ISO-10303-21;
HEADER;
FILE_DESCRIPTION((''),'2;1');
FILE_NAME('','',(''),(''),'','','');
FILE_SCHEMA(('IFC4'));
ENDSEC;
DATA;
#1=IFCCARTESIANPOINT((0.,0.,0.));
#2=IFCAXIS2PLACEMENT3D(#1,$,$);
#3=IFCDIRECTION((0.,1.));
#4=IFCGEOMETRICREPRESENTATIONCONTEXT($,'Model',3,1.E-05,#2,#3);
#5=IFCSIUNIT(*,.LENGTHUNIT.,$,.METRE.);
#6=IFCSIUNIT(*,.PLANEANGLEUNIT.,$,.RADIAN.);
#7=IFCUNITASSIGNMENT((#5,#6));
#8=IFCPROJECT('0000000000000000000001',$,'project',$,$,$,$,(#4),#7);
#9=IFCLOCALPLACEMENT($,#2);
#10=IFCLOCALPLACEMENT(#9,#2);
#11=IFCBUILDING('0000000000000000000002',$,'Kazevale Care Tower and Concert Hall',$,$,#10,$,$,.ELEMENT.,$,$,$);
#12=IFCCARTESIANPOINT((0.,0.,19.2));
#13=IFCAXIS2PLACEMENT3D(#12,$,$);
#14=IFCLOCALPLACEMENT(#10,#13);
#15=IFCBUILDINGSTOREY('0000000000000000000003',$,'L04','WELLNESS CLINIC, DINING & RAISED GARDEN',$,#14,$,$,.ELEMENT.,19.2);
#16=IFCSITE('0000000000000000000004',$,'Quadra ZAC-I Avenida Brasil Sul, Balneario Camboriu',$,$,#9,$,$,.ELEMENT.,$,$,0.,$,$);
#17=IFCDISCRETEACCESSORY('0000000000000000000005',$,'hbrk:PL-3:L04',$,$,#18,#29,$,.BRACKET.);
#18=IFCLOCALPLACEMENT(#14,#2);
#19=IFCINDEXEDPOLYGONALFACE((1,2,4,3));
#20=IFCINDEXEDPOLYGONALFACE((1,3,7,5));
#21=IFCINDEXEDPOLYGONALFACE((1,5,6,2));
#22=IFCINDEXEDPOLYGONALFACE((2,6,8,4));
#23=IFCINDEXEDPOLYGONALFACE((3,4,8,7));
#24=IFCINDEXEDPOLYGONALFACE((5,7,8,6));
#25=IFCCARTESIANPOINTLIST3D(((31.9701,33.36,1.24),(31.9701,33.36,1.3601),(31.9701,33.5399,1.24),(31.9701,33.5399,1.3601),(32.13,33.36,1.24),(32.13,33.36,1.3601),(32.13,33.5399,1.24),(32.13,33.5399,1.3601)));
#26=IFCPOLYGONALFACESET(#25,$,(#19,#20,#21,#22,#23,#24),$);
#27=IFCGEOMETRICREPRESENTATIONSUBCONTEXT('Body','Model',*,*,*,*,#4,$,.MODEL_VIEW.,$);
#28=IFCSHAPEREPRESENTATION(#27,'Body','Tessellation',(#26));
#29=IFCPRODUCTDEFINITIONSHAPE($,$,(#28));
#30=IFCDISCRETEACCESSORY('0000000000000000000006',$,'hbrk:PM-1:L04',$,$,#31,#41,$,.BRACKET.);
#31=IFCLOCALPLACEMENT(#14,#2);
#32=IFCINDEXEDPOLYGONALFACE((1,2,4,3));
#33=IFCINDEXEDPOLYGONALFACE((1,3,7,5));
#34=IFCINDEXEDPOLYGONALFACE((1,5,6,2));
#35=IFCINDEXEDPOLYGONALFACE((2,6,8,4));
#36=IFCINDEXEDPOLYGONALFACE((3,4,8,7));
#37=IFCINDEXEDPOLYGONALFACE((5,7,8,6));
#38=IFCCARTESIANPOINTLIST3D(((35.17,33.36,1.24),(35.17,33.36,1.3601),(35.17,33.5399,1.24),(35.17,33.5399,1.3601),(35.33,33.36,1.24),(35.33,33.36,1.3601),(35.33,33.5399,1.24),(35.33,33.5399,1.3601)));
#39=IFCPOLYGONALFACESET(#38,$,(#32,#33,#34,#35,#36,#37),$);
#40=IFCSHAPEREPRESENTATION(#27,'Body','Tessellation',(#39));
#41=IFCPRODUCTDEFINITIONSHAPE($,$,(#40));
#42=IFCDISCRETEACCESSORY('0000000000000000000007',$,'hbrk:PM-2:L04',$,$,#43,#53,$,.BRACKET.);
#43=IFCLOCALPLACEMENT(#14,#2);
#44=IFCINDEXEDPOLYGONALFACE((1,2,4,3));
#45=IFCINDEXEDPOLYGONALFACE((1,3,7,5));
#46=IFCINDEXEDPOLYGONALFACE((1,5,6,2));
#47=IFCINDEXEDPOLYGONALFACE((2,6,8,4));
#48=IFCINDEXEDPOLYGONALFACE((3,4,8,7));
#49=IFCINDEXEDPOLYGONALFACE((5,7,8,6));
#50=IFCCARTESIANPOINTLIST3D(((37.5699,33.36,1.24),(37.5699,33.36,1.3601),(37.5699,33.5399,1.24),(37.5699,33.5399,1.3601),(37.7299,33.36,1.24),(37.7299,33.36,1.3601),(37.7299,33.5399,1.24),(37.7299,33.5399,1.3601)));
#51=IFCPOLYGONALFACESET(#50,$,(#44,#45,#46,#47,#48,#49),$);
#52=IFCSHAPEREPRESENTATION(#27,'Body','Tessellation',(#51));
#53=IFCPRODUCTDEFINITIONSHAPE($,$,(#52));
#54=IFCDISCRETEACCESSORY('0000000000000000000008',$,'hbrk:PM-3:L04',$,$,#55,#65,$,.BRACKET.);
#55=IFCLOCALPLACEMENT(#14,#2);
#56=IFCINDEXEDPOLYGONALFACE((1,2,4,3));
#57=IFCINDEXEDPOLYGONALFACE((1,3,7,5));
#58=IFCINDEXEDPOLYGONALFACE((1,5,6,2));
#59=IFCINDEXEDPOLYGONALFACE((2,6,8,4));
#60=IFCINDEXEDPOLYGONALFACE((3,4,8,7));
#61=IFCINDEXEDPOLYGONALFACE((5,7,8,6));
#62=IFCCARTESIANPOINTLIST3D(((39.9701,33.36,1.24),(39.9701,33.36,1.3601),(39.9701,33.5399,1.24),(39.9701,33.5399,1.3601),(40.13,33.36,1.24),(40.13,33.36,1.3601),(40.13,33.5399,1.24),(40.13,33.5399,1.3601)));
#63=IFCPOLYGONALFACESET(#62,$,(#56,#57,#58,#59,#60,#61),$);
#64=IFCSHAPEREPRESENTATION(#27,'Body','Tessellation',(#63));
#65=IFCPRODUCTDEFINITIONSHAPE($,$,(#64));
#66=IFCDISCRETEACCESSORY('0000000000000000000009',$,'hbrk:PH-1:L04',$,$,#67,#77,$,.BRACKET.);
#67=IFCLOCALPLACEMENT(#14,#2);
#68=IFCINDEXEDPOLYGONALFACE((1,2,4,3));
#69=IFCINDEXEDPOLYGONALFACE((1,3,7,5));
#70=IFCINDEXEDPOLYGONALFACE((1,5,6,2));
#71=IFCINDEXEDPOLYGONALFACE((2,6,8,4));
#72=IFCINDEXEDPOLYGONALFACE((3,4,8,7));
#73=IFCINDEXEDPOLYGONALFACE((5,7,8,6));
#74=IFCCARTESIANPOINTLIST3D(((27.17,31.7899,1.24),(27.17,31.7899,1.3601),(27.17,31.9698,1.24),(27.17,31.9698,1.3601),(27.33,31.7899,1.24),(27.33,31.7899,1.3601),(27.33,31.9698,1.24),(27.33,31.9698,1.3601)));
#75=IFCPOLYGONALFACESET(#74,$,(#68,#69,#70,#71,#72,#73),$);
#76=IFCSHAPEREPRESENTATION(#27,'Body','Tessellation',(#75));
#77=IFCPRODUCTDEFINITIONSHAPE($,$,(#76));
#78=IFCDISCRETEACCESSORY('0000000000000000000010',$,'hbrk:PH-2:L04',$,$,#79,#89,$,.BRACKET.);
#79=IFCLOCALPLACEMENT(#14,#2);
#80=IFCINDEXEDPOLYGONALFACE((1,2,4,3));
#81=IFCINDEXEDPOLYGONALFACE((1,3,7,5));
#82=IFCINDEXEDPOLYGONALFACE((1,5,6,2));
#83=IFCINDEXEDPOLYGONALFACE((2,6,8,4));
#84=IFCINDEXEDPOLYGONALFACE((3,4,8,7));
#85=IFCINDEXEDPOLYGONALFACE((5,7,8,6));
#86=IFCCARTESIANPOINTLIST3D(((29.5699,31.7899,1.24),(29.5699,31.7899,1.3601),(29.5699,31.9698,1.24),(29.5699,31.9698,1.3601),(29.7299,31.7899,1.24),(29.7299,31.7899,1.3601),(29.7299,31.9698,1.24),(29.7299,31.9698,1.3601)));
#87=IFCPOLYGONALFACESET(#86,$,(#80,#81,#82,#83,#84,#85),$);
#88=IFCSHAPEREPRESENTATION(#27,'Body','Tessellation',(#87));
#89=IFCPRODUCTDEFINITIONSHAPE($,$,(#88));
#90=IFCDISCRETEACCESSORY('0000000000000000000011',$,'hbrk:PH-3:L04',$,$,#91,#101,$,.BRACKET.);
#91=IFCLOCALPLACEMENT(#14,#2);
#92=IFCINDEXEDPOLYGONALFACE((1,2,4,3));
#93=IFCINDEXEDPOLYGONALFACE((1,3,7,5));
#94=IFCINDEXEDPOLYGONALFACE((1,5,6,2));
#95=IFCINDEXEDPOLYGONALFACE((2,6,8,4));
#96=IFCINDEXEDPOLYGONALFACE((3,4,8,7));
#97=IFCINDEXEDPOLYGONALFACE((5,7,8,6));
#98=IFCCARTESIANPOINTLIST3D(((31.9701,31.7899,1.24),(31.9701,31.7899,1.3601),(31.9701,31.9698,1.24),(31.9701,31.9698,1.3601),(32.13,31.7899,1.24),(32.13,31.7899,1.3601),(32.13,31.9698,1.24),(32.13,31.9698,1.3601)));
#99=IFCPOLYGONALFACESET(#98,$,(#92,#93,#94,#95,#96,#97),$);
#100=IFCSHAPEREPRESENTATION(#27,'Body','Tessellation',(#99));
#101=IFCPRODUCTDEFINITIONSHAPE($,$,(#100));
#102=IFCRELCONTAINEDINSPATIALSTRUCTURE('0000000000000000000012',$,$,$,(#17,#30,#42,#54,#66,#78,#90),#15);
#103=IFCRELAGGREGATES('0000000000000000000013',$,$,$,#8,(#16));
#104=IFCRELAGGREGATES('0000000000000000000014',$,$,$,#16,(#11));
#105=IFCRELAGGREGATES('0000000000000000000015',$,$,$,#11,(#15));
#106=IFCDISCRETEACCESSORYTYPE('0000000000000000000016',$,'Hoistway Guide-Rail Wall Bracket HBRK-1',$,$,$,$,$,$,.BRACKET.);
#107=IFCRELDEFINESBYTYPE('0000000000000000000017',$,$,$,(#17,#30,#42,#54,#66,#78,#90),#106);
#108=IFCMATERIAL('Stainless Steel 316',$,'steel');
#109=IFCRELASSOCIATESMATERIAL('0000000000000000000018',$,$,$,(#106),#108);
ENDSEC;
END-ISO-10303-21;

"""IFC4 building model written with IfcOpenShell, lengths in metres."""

from ifc_helpers import new_model, si_unit, direction, frame, origin, origin_2d, place, context, subcontext, project, spatial, rectangle, extrude, material, type_object, element, save


model = new_model("IFC4")

# Units and contexts
model_context = context("Model", 3, precision=1e-05, world=origin(), true_north=direction((0.0, 1.0)))
body_context = subcontext(model_context, "Body", "Model", "MODEL_VIEW")
ifc_project = project(units=[si_unit("LENGTHUNIT", "METRE"), si_unit("PLANEANGLEUNIT", "RADIAN")], contexts=[model_context])

# Site, building, storey
site_placement = place(None, origin())
site = spatial("IfcSite", under=ifc_project, at=site_placement, Name="Quadra ZAC-I Avenida Brasil Sul, Balneario Camboriu", CompositionType="ELEMENT", RefElevation=0.0)
building_placement = place(site_placement, origin())
building = spatial("IfcBuilding", under=site, at=building_placement, Name="Kazevale Care Tower and Concert Hall", CompositionType="ELEMENT")
storey_placement = place(building_placement, frame((0.0, 0.0, 19.2)))
storey = spatial("IfcBuildingStorey", under=building, at=storey_placement, Name="L04", Description="WELLNESS CLINIC, DINING & RAISED GARDEN", CompositionType="ELEMENT", Elevation=19.2)

# Shared definitions
ifc_material_1 = material(Name="Stainless Steel 316", Category="steel")

# Discrete accessories
discrete_accessory_type = type_object("IfcDiscreteAccessoryType", Name="Hoistway Guide-Rail Wall Bracket HBRK-1", PredefinedType="BRACKET", material=ifc_material_1)
for number, where, z_axis, x_axis, name in (
    (1, (32.05, 33.45, 1.24), (0.0, 0.0, 1.0), (1.0, 0.0, 0.0), "hbrk:PL-3:L04"),
    (2, (35.25, 33.45, 1.24), (0.0, 0.0, 1.0), (1.0, 0.0, 0.0), "hbrk:PM-1:L04"),
    (3, (37.6499, 33.45, 1.24), (0.0, 0.0, 1.0), (1.0, 0.0, 0.0), "hbrk:PM-2:L04"),
    (4, (40.05, 33.45, 1.24), (0.0, 0.0, 1.0), (1.0, 0.0, 0.0), "hbrk:PM-3:L04"),
    (5, (27.25, 31.8799, 1.24), (0.0, 0.0, 1.0), (1.0, 0.0, 0.0), "hbrk:PH-1:L04"),
    (6, (29.6499, 31.8799, 1.24), (0.0, 0.0, 1.0), (1.0, 0.0, 0.0), "hbrk:PH-2:L04"),
    (7, (32.05, 31.8799, 1.24), (0.0, 0.0, 1.0), (1.0, 0.0, 0.0), "hbrk:PH-3:L04"),
):
    element("IfcDiscreteAccessory", number, at=place(storey_placement, frame(where, z_axis=z_axis, x_axis=x_axis)), inside=storey, type_object=discrete_accessory_type, Name=name, PredefinedType="BRACKET", context=body_context, shape_type="SweptSolid", body=[
        extrude(rectangle(XDim=0.1599, YDim=0.1799, at=origin_2d()), origin(), (0.0, 0.0, 1.0), 0.1201),
    ])

save(model, "model.ifc")
